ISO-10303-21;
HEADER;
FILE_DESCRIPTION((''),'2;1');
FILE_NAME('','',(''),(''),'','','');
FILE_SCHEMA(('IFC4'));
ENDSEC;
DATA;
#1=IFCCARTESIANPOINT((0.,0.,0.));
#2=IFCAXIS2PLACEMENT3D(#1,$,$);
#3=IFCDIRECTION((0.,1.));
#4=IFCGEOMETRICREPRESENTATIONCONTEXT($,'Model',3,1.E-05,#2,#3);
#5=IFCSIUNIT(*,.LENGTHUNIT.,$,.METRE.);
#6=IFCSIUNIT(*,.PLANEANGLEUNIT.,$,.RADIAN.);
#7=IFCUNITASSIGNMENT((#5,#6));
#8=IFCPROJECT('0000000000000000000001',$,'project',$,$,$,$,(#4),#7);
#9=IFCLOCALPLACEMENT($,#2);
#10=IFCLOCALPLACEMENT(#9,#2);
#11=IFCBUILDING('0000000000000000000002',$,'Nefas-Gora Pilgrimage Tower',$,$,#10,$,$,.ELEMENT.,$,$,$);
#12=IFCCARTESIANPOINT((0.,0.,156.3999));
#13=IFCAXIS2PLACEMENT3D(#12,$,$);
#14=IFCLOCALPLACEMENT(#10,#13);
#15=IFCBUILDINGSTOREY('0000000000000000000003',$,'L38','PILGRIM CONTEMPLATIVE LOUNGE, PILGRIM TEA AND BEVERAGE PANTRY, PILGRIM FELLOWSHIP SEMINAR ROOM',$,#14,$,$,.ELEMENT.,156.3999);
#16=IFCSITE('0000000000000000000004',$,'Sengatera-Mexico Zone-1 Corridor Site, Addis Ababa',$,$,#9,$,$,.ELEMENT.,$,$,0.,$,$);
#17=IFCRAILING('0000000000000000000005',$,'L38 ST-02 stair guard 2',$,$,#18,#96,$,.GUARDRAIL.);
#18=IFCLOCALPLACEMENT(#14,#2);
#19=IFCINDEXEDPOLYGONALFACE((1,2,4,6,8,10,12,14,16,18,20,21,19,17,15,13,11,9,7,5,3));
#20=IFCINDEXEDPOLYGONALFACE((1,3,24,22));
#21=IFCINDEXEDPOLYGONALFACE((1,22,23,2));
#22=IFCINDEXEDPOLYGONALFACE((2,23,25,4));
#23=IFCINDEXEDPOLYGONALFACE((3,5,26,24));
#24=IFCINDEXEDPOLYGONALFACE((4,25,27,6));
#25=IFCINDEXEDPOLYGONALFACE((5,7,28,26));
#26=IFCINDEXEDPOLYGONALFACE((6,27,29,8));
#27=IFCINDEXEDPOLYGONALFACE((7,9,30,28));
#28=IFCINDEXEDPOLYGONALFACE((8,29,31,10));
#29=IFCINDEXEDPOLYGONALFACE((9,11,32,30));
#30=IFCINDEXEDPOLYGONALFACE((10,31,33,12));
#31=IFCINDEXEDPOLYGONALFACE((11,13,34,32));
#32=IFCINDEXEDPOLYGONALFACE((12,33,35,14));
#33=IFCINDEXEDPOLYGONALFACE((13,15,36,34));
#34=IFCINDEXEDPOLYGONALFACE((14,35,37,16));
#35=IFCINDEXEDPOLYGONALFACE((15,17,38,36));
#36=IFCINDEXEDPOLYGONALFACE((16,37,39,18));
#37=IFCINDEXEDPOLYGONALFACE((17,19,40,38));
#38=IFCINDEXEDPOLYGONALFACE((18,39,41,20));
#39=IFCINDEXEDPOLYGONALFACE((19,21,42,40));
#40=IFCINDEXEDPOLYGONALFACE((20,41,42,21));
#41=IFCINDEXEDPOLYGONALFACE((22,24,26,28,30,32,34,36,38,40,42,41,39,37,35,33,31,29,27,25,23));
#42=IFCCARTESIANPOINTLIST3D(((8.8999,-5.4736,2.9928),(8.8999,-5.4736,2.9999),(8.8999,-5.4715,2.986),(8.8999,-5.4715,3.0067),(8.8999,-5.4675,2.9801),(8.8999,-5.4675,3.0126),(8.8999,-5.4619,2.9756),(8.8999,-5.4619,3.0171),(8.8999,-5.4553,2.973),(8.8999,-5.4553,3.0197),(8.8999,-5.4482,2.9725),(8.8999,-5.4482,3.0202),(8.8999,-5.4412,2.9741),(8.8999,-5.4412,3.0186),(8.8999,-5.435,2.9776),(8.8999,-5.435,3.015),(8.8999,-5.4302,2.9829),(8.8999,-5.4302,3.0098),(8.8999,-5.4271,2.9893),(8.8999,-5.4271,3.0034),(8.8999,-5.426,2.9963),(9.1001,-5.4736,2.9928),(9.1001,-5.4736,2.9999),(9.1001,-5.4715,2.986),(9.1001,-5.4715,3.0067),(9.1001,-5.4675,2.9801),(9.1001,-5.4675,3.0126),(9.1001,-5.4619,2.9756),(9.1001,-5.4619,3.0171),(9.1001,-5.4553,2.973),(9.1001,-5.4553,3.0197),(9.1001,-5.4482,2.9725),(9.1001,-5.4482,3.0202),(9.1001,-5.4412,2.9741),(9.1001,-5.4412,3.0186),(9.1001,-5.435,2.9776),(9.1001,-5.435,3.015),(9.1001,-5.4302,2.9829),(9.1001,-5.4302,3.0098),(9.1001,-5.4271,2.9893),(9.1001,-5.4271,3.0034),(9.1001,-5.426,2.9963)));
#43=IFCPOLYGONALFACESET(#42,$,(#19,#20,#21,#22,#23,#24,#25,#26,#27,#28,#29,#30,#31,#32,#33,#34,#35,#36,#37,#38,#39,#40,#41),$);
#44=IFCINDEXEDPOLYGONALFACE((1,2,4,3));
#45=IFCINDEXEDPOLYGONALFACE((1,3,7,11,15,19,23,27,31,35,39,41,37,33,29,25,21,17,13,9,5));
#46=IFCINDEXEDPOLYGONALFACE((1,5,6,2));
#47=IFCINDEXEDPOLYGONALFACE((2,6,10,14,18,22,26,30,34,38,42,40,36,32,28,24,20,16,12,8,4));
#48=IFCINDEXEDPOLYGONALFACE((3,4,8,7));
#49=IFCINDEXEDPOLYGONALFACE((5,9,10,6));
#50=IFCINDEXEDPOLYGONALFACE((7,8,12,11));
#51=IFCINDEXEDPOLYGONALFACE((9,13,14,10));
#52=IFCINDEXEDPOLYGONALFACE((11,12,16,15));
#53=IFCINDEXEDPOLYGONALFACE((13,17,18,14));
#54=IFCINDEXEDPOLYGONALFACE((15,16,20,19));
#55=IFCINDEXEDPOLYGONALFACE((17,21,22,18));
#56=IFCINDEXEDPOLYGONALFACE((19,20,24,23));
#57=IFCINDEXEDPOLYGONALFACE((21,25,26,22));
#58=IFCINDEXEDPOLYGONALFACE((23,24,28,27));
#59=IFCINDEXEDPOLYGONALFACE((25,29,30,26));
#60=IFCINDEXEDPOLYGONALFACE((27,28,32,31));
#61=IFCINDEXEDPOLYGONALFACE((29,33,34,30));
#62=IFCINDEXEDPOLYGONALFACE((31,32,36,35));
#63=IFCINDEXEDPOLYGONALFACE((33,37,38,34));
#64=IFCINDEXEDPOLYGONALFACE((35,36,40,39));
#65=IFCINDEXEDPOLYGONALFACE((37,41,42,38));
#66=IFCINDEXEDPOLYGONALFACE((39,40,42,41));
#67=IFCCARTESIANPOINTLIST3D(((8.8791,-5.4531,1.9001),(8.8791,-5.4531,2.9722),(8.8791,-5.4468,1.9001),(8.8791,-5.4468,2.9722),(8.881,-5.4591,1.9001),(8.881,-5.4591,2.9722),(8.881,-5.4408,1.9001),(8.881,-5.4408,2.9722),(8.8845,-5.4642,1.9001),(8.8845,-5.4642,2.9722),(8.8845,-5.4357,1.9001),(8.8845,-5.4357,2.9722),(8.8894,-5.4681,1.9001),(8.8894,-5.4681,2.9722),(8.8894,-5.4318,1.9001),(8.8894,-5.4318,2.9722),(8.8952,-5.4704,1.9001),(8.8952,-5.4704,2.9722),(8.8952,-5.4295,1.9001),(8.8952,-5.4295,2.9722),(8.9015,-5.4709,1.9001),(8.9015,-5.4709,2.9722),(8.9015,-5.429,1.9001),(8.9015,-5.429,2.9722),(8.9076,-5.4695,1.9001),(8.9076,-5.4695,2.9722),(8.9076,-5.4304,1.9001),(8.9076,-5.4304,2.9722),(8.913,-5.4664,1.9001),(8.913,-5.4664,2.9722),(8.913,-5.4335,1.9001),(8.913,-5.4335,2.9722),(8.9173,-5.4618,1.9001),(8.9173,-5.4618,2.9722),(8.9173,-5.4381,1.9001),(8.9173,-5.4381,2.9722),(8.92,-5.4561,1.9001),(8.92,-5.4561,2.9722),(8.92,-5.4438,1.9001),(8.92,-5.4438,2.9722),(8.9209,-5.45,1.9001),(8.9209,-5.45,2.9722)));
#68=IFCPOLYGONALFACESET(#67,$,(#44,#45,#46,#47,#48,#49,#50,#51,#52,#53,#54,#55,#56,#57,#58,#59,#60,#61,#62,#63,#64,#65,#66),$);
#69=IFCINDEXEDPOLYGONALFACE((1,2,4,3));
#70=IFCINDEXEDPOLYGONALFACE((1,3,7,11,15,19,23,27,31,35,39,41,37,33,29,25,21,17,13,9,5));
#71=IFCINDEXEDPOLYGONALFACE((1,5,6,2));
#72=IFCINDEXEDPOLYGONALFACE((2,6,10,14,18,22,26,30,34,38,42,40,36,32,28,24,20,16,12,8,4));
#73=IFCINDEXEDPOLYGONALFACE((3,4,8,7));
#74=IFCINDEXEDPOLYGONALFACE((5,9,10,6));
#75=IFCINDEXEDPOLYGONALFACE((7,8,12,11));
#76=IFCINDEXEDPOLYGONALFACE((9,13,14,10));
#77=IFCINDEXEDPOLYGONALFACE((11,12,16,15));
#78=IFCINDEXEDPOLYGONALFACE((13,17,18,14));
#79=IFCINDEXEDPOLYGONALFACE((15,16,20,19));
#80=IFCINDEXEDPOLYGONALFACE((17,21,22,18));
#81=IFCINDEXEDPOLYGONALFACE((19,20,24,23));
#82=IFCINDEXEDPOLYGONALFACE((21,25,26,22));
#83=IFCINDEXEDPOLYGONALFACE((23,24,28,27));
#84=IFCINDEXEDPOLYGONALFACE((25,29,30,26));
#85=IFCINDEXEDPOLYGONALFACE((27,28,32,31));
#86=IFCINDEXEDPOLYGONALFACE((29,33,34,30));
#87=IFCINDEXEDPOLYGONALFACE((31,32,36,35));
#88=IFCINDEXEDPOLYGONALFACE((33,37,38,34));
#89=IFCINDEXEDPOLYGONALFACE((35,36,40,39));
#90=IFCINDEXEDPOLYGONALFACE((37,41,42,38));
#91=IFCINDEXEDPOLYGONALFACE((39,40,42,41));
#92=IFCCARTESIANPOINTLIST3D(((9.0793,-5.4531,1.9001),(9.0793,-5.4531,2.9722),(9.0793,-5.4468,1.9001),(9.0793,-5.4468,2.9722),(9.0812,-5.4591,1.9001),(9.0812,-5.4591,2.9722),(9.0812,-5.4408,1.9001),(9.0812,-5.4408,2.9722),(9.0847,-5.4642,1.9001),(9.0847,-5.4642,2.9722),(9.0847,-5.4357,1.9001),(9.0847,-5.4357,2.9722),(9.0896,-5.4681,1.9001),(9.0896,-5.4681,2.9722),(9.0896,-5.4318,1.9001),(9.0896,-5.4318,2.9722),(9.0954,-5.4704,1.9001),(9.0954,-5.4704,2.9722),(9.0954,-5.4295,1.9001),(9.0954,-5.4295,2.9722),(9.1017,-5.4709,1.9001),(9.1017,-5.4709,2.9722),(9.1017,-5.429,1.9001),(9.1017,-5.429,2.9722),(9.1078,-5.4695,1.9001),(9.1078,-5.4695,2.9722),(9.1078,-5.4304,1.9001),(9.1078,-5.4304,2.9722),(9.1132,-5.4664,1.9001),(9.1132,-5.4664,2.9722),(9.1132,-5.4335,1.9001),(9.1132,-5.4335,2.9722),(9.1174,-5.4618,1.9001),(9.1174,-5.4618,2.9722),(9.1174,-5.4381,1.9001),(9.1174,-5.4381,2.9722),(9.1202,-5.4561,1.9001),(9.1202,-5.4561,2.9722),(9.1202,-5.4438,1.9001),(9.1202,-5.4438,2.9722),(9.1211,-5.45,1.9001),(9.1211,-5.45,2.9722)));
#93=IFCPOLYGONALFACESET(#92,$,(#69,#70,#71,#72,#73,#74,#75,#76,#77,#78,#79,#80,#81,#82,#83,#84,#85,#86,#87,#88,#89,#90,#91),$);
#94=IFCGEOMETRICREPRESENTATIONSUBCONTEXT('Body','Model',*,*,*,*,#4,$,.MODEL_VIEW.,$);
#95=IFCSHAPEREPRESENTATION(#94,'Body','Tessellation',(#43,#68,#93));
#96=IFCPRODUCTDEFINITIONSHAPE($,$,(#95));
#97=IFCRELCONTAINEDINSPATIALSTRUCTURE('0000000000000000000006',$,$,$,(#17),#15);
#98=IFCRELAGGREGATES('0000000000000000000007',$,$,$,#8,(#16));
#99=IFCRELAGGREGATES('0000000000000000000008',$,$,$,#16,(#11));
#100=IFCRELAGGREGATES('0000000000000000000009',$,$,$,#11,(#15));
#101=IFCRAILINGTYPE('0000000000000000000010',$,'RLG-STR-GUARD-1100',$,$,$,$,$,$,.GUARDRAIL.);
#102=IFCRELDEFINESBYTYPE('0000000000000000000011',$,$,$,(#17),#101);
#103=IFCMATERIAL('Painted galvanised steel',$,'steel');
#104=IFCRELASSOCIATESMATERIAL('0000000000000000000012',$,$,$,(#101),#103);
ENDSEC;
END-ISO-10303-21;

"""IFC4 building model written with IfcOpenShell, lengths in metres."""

from ifc_helpers import new_model, si_unit, direction, frame, origin, origin_2d, place, context, subcontext, project, spatial, circle, extrude, material, type_object, element, save


model = new_model("IFC4")

# Units and contexts
model_context = context("Model", 3, precision=1e-05, world=origin(), true_north=direction((0.0, 1.0)))
body_context = subcontext(model_context, "Body", "Model", "MODEL_VIEW")
ifc_project = project(units=[si_unit("LENGTHUNIT", "METRE"), si_unit("PLANEANGLEUNIT", "RADIAN")], contexts=[model_context])

# Site, building, storey
site_placement = place(None, origin())
site = spatial("IfcSite", under=ifc_project, at=site_placement, Name="Sengatera-Mexico Zone-1 Corridor Site, Addis Ababa", CompositionType="ELEMENT", RefElevation=0.0)
building_placement = place(site_placement, origin())
building = spatial("IfcBuilding", under=site, at=building_placement, Name="Nefas-Gora Pilgrimage Tower", CompositionType="ELEMENT")
storey_placement = place(building_placement, frame((0.0, 0.0, 156.3999)))
storey = spatial("IfcBuildingStorey", under=building, at=storey_placement, Name="L38", Description="PILGRIM CONTEMPLATIVE LOUNGE, PILGRIM TEA AND BEVERAGE PANTRY, PILGRIM FELLOWSHIP SEMINAR ROOM", CompositionType="ELEMENT", Elevation=156.3999)

# Railing
ifc_material_1 = material(Name="Painted galvanised steel", Category="steel")
railing_type_1 = type_object("IfcRailingType", Name="RLG-STR-GUARD-1100", PredefinedType="GUARDRAIL", material=ifc_material_1)
railing_1_placement = place(storey_placement, frame((8.8999, -5.45, 1.9001)))
element("IfcRailing", 1, at=railing_1_placement, inside=storey, type_object=railing_type_1, Name="L38 ST-02 stair guard 2", PredefinedType="GUARDRAIL", context=body_context, shape_type="SweptSolid", body=[
    extrude(circle(Radius=0.0239, at=origin_2d()), frame((0.0, 0.0, 1.0962), z_axis=(1.0, 0.0, 0.0), x_axis=(0.0, 1.0, 0.0)), (0.0, 0.0, 1.0), 0.2002),
    extrude(circle(Radius=0.021, at=origin_2d()), origin(), (0.0, 0.0, 1.0), 1.072),
    extrude(circle(Radius=0.021, at=origin_2d()), frame((0.2002, 0.0, 0.0)), (0.0, 0.0, 1.0), 1.072),
])

save(model, "model.ifc")
